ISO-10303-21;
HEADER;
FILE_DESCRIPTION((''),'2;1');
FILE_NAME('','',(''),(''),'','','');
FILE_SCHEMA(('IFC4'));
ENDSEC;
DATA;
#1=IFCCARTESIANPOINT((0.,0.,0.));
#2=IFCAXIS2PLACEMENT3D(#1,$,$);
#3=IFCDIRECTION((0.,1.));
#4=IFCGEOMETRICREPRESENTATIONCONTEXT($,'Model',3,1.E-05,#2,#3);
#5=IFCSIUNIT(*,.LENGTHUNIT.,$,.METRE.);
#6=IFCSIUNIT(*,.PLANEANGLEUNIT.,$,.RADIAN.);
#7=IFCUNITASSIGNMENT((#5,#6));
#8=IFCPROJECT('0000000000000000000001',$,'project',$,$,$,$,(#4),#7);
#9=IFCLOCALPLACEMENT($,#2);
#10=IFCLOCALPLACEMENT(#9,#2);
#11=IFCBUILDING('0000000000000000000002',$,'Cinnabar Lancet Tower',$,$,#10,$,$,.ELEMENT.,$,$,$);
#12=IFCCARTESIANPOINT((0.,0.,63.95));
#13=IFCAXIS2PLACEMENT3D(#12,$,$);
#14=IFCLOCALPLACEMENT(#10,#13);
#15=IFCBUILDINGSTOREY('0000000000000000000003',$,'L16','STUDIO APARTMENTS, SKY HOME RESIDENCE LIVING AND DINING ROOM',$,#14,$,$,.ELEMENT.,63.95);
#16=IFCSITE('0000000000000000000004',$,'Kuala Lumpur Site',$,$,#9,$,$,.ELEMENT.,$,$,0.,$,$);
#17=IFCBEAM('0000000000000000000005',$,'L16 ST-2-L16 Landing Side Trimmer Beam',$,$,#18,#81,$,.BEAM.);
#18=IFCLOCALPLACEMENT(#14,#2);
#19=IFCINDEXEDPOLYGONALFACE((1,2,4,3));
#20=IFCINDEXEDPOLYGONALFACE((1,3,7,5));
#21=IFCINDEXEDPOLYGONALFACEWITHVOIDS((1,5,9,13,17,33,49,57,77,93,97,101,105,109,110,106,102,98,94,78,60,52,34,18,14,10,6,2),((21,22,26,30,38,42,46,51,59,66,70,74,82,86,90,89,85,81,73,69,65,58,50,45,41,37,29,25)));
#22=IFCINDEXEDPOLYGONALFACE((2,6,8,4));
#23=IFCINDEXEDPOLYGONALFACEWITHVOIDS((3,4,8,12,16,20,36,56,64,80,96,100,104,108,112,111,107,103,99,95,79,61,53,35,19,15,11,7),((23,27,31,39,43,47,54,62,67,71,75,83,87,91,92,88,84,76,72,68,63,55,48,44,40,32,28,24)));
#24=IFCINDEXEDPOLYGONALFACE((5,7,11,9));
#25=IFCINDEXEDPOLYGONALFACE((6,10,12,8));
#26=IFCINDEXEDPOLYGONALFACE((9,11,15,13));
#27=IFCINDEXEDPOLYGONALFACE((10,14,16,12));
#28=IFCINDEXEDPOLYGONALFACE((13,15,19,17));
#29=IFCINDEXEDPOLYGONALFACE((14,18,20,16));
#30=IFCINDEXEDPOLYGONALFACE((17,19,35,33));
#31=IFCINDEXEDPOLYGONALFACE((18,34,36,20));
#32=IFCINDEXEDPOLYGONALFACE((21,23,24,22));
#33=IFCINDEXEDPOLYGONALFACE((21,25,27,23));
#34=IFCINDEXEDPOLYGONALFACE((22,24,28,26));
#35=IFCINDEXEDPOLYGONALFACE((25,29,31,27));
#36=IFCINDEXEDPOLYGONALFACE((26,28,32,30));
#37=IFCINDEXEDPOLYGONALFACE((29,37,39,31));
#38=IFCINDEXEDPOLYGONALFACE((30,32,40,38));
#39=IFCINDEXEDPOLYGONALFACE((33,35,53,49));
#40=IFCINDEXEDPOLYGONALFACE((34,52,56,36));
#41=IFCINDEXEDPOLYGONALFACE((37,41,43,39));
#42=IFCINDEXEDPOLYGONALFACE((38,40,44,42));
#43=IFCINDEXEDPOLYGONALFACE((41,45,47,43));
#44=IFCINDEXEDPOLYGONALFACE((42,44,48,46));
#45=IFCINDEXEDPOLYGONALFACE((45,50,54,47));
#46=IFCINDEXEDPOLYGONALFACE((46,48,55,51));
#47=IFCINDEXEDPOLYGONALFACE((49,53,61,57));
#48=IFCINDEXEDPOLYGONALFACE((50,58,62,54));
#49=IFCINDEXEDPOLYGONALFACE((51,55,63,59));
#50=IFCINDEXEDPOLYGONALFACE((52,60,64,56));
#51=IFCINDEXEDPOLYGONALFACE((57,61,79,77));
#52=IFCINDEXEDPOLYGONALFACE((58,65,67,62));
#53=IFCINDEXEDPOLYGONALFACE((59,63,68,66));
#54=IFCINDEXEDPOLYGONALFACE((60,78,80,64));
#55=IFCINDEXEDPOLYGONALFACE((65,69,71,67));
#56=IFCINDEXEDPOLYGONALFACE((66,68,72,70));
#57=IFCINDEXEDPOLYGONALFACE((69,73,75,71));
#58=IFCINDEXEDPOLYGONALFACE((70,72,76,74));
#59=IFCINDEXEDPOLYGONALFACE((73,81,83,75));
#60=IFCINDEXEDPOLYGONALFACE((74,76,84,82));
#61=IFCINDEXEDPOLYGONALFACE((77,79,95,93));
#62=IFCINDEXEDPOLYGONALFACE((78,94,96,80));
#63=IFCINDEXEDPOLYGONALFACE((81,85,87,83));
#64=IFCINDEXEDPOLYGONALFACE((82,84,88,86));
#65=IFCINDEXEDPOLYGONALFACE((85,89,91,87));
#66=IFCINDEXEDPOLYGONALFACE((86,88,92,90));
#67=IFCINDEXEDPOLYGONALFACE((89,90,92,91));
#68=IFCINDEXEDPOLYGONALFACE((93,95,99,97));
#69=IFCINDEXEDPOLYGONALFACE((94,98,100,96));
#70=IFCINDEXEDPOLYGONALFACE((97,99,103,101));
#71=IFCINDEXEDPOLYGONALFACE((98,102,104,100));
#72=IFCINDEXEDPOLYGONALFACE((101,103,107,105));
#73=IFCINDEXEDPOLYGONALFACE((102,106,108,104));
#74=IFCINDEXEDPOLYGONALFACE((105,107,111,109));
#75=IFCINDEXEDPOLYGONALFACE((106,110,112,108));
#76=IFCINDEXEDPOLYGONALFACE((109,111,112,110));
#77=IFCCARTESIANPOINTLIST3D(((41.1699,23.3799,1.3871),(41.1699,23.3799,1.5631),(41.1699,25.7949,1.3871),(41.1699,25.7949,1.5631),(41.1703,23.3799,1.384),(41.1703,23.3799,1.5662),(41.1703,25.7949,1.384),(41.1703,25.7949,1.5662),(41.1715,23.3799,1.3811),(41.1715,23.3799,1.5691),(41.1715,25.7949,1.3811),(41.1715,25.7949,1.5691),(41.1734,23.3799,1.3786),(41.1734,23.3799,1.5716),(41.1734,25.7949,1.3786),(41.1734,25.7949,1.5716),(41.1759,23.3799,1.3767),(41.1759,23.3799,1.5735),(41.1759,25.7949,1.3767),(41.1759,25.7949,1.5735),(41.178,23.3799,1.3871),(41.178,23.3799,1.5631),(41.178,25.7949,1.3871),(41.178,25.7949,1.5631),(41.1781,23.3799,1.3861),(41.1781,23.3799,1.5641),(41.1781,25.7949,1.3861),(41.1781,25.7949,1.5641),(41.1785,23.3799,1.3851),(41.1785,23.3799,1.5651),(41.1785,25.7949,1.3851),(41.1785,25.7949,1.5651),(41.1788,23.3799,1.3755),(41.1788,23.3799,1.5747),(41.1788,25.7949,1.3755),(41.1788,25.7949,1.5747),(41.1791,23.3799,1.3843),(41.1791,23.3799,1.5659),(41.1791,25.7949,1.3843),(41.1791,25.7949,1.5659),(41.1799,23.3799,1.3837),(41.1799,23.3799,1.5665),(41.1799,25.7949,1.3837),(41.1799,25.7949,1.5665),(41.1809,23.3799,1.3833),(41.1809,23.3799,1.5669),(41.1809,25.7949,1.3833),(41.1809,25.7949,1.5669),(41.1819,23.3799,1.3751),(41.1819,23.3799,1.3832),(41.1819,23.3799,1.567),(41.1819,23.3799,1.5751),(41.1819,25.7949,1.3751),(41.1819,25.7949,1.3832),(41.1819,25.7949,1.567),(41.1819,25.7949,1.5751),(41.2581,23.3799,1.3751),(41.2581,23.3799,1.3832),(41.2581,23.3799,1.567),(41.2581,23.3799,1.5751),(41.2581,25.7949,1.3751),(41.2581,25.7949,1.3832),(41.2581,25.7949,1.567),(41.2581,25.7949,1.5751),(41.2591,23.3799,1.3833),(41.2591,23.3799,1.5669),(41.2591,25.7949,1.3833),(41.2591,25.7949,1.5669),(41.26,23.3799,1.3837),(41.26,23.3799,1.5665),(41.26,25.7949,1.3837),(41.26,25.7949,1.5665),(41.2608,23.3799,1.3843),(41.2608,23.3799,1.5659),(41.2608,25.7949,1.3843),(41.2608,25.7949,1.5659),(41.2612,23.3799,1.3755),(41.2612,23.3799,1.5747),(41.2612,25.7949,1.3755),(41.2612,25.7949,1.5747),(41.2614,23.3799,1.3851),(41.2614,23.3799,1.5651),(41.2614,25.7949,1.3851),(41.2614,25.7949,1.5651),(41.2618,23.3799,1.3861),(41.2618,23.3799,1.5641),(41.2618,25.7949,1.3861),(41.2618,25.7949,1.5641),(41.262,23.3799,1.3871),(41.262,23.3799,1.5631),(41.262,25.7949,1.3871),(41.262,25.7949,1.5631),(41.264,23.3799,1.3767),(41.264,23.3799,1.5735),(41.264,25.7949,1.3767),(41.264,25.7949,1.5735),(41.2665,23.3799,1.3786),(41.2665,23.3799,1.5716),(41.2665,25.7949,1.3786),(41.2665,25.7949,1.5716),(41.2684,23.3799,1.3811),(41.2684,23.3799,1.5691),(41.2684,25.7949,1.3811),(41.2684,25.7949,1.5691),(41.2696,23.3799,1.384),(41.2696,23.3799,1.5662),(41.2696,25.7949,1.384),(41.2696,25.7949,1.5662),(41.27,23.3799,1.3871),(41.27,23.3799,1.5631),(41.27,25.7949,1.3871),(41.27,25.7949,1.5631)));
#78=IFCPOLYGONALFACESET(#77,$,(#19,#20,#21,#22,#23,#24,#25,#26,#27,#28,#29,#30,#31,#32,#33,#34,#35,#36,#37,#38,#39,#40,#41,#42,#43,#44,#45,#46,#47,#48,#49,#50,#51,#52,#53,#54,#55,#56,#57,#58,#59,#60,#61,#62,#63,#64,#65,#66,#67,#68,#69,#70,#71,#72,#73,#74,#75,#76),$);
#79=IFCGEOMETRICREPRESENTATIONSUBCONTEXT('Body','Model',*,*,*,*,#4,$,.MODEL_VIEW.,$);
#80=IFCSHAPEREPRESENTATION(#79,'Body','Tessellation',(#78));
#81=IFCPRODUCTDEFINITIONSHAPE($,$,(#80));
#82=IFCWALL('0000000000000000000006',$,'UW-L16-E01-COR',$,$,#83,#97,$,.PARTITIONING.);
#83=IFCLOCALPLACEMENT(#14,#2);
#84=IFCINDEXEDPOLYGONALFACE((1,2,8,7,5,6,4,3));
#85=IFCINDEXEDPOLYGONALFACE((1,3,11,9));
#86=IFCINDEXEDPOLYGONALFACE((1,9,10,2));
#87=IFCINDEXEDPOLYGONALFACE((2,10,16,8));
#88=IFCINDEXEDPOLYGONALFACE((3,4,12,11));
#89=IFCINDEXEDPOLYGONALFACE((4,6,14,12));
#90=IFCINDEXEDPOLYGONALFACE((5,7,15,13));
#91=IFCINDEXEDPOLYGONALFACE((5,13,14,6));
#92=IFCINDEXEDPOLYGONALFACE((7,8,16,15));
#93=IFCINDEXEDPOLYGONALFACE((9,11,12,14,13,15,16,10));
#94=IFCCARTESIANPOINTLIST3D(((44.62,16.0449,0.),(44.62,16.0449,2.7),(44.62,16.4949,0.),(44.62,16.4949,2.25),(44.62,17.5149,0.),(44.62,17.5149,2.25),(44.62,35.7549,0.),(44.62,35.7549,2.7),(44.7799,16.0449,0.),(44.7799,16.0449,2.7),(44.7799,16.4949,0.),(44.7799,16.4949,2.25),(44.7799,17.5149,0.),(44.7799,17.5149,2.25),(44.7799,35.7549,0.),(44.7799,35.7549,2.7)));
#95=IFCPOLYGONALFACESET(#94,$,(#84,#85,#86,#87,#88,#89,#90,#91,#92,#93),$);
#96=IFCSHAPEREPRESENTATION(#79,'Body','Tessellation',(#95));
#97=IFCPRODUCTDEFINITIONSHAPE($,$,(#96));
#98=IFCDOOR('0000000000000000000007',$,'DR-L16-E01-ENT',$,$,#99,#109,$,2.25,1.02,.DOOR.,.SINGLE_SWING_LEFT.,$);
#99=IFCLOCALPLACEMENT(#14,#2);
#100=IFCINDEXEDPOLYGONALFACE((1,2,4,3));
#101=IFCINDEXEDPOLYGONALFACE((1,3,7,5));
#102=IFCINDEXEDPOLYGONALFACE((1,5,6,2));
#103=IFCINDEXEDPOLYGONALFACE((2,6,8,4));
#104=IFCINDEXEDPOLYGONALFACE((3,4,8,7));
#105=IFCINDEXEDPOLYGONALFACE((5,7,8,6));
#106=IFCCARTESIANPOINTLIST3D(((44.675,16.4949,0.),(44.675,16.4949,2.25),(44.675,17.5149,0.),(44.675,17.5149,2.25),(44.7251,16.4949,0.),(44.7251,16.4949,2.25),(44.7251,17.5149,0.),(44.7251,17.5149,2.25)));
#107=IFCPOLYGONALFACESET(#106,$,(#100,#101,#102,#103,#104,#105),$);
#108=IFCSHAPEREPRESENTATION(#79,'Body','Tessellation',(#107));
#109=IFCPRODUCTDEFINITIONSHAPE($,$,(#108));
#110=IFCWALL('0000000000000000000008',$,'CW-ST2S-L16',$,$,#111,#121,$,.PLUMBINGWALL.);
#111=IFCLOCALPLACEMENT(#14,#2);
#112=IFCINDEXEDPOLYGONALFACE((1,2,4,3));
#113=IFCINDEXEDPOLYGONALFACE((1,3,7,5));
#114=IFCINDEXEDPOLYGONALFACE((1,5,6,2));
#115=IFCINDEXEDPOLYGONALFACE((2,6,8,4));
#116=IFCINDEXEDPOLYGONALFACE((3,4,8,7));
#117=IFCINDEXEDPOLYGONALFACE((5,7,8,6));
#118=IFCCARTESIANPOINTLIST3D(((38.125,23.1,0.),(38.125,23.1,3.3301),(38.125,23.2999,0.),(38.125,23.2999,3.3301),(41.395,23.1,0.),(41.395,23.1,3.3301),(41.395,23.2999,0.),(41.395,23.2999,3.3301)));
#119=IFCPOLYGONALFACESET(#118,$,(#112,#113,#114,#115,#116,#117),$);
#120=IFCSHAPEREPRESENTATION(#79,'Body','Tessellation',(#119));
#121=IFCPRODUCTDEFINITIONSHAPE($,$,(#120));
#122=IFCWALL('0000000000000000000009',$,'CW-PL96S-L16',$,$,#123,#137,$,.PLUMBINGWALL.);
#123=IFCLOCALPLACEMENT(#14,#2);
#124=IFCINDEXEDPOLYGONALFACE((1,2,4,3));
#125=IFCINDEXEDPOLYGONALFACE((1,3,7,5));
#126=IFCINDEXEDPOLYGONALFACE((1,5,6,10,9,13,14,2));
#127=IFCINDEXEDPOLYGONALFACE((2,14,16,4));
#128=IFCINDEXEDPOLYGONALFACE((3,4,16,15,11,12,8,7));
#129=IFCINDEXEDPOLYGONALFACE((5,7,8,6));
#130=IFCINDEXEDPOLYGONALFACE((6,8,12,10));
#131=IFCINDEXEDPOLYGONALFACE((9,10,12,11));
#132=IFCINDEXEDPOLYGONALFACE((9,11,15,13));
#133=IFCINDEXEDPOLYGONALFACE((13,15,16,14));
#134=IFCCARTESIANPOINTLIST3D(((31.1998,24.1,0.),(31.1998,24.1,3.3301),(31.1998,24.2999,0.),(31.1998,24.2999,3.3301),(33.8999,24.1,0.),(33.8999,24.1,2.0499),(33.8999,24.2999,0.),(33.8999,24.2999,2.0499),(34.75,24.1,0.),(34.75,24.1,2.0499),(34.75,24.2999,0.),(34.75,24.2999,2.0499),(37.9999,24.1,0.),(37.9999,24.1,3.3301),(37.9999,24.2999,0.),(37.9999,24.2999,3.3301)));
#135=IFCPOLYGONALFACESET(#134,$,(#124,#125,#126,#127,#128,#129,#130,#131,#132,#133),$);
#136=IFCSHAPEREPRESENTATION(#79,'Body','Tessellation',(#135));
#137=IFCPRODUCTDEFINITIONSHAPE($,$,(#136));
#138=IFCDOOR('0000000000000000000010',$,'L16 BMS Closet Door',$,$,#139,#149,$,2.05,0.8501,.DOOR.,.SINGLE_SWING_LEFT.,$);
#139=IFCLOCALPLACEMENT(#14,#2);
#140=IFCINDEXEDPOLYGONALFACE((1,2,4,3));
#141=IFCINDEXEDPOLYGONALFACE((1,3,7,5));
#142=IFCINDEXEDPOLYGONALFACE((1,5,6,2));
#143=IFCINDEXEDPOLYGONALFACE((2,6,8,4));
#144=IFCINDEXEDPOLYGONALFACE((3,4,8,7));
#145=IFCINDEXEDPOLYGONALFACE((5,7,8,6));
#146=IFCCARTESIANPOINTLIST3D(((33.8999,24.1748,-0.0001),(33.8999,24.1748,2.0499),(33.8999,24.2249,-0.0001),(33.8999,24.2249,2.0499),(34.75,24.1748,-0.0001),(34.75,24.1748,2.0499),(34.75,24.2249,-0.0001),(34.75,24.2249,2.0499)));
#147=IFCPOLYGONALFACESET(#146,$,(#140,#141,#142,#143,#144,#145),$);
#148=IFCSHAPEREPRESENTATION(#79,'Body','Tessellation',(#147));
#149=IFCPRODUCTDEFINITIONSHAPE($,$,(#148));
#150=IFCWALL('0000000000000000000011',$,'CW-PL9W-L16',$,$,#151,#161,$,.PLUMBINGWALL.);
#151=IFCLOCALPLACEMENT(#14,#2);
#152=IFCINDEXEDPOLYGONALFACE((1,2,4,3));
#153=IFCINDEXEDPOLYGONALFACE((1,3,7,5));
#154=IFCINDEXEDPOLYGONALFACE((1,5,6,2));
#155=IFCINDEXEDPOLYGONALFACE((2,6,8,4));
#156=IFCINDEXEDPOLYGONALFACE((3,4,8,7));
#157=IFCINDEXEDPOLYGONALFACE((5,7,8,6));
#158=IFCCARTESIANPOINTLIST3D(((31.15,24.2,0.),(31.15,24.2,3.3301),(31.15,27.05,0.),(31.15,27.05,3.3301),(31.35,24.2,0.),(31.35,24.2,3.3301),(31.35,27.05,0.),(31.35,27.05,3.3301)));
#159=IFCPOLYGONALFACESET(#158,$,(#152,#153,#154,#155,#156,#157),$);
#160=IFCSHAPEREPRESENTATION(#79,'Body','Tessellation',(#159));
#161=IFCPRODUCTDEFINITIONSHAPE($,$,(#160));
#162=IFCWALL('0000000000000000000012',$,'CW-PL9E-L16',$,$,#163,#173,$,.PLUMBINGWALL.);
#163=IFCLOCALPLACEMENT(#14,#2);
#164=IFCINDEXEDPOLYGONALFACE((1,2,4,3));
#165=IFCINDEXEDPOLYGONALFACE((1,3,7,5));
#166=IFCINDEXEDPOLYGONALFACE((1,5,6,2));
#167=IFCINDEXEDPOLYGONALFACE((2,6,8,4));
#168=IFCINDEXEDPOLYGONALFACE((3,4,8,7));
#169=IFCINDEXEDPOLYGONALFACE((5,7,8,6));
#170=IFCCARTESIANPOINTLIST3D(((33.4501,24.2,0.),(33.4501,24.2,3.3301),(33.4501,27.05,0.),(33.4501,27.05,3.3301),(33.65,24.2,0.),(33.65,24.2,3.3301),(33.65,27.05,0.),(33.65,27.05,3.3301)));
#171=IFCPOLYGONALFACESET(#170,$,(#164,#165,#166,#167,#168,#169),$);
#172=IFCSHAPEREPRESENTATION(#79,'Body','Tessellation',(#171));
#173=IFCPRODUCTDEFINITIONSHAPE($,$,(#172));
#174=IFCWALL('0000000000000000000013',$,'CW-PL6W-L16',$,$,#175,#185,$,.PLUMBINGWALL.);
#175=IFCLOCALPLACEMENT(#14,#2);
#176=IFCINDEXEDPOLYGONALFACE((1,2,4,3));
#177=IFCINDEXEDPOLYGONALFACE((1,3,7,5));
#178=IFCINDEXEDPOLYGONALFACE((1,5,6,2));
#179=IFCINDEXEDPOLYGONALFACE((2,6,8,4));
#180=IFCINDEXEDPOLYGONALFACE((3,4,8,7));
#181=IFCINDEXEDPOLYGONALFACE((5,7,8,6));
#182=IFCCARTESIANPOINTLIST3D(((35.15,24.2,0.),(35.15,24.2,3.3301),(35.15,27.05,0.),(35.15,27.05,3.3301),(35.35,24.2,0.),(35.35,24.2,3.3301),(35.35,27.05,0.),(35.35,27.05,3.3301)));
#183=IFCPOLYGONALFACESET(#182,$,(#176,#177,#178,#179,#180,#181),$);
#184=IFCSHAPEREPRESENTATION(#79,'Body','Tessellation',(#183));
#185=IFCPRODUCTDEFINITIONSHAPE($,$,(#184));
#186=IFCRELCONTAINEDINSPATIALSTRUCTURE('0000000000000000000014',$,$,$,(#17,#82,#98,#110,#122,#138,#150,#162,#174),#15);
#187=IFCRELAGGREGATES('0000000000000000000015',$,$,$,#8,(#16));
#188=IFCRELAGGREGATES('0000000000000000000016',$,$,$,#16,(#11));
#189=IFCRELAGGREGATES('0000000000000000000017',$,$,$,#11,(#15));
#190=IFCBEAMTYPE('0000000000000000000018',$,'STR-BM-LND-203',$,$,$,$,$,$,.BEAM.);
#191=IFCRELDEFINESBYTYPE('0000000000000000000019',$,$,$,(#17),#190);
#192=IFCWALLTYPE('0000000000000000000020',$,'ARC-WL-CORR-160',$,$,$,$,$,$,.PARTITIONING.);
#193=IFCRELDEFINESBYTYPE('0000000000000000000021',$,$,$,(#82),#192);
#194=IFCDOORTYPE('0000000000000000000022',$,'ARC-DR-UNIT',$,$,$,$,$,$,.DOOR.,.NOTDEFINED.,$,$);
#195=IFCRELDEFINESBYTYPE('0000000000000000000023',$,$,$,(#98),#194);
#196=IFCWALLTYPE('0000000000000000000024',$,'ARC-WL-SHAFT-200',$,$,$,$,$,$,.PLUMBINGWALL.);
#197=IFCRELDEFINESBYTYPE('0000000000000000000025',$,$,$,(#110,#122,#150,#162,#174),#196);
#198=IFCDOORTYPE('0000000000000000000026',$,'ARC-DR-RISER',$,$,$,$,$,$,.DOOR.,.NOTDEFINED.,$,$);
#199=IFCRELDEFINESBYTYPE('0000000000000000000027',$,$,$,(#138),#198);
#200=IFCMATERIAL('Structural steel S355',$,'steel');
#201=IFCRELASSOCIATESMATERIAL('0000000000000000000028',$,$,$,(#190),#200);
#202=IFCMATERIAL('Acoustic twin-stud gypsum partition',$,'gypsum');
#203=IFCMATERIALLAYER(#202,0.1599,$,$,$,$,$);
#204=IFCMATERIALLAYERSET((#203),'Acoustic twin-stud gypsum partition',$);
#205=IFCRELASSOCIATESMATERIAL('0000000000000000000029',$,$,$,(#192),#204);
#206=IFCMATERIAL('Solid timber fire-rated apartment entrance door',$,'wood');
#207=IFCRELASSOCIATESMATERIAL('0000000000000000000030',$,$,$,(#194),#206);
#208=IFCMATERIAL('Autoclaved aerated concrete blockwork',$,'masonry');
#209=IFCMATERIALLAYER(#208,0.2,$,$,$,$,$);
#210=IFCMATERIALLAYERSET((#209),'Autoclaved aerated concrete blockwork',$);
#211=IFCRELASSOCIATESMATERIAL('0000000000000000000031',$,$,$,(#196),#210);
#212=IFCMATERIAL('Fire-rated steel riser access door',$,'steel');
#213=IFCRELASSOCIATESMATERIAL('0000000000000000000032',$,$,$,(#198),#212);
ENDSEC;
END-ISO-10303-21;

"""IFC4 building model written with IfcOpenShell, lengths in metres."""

from ifc_helpers import new_model, si_unit, direction, frame, frame_2d, origin, origin_2d, place, context, subcontext, project, spatial, rectangle, hollow_rectangle, extrude, material, layer, layer_set, material_profile, profile_set, type_object, element, fill, save


model = new_model("IFC4")

# Units and contexts
model_context = context("Model", 3, precision=1e-05, world=origin(), true_north=direction((0.0, 1.0)))
body_context = subcontext(model_context, "Body", "Model", "MODEL_VIEW")
ifc_project = project(units=[si_unit("LENGTHUNIT", "METRE"), si_unit("PLANEANGLEUNIT", "RADIAN")], contexts=[model_context])

# Site, building, storey
site_placement = place(None, origin())
site = spatial("IfcSite", under=ifc_project, at=site_placement, Name="Kuala Lumpur Site", CompositionType="ELEMENT", RefElevation=0.0)
building_placement = place(site_placement, origin())
building = spatial("IfcBuilding", under=site, at=building_placement, Name="Cinnabar Lancet Tower", CompositionType="ELEMENT")
storey_placement = place(building_placement, frame((0.0, 0.0, 63.95)))
storey = spatial("IfcBuildingStorey", under=building, at=storey_placement, Name="L16", Description="STUDIO APARTMENTS, SKY HOME RESIDENCE LIVING AND DINING ROOM", CompositionType="ELEMENT", Elevation=63.95)

# Beam
ifc_material_1 = material(Name="Structural steel S355", Category="steel")
ifc_material_profile_1 = material_profile(ifc_material_1, hollow_rectangle(XDim=0.1001, YDim=0.2, WallThickness=0.0081, InnerFilletRadius=0.0039, OuterFilletRadius=0.012, at=origin_2d()), Name="RHS 200x100x8")
ifc_profile_set_1 = profile_set([ifc_material_profile_1], Name="Structural steel S355")
beam_type = type_object("IfcBeamType", Name="STR-BM-LND-203", PredefinedType="BEAM", material=ifc_profile_set_1)
beam_placement = place(storey_placement, frame((41.22, 23.3799, 1.4751), z_axis=(0.0, 1.0, 0.0), x_axis=(-1.0, 0.0, 0.0)))
element("IfcBeam", 1, at=beam_placement, inside=storey, type_object=beam_type, Name="L16 ST-2-L16 Landing Side Trimmer Beam", PredefinedType="BEAM", context=body_context, shape_type="SweptSolid", body=[
    extrude(hollow_rectangle(XDim=0.1001, YDim=0.2, WallThickness=0.0081, InnerFilletRadius=0.0039, OuterFilletRadius=0.012, at=origin_2d()), origin(), (0.0, 0.0, 1.0), 2.415),
])

# Wall, opening, door
ifc_material_2 = material(Name="Acoustic twin-stud gypsum partition", Category="gypsum")
ifc_layer_1 = layer(ifc_material_2, 0.1599)
ifc_layer_set_1 = layer_set([ifc_layer_1], Name="Acoustic twin-stud gypsum partition")
wall_type_1 = type_object("IfcWallType", Name="ARC-WL-CORR-160", PredefinedType="PARTITIONING", material=ifc_layer_set_1)
wall_1_placement = place(storey_placement, frame((44.7, 16.0449, 0.0), z_axis=(0.0, 0.0, 1.0), x_axis=(0.0, 1.0, 0.0)))
wall_1 = element("IfcWall", 2, at=wall_1_placement, inside=storey, type_object=wall_type_1, Name="UW-L16-E01-COR", PredefinedType="PARTITIONING", context=body_context, shape_type="SweptSolid", body=[
    extrude(rectangle(XDim=19.71, YDim=0.1599, at=frame_2d((9.855, 0.0))), origin(), (0.0, 0.0, 1.0), 2.7),
])
opening_1_placement = place(wall_1_placement, frame((0.45, 0.0, 0.0)))
opening_1 = element("IfcOpeningElement", 3, at=opening_1_placement, cuts=wall_1, PredefinedType="OPENING", context=body_context, shape_type="SweptSolid", body=[
    extrude(rectangle(XDim=1.02, YDim=2.25, at=frame_2d((0.51, 1.125))), frame((0.0, 0.0898, 0.0), z_axis=(0.0, -1.0, 0.0), x_axis=(1.0, 0.0, 0.0)), (0.0, 0.0, 1.0), 0.1799),
])
ifc_material_3 = material(Name="Solid timber fire-rated apartment entrance door", Category="wood")
door_type_1 = type_object("IfcDoorType", Name="ARC-DR-UNIT", OperationType="NOTDEFINED", PredefinedType="DOOR", material=ifc_material_3)
door_1_placement = place(opening_1_placement, origin())
door_1 = element("IfcDoor", 4, at=door_1_placement, inside=storey, type_object=door_type_1, Name="DR-L16-E01-ENT", OperationType="SINGLE_SWING_LEFT", OverallHeight=2.25, OverallWidth=1.02, PredefinedType="DOOR", context=body_context, shape_type="SweptSolid", body=[
    extrude(rectangle(XDim=1.02, YDim=2.25, at=frame_2d((0.51, 1.125))), frame((0.0, 0.0249, 0.0), z_axis=(0.0, -1.0, 0.0), x_axis=(1.0, 0.0, 0.0)), (0.0, 0.0, 1.0), 0.05),
])
fill(opening_1, door_1)

# Wall
ifc_material_4 = material(Name="Autoclaved aerated concrete blockwork", Category="masonry")
ifc_layer_2 = layer(ifc_material_4, 0.2)
ifc_layer_set_2 = layer_set([ifc_layer_2], Name="Autoclaved aerated concrete blockwork")
wall_type_2 = type_object("IfcWallType", Name="ARC-WL-SHAFT-200", PredefinedType="PLUMBINGWALL", material=ifc_layer_set_2)
wall_2_placement = place(storey_placement, frame((38.125, 23.2, 0.0), z_axis=(0.0, 0.0, 1.0), x_axis=(1.0, 0.0, 0.0)))
element("IfcWall", 5, at=wall_2_placement, inside=storey, type_object=wall_type_2, Name="CW-ST2S-L16", PredefinedType="PLUMBINGWALL", context=body_context, shape_type="SweptSolid", body=[
    extrude(rectangle(XDim=3.27, YDim=0.2, at=frame_2d((1.635, 0.0))), origin(), (0.0, 0.0, 1.0), 3.3301),
])

# Wall, opening, door
wall_3_placement = place(storey_placement, frame((31.2, 24.2, 0.0), z_axis=(0.0, 0.0, 1.0), x_axis=(1.0, 0.0, 0.0)))
wall_3 = element("IfcWall", 6, at=wall_3_placement, inside=storey, type_object=wall_type_2, Name="CW-PL96S-L16", PredefinedType="PLUMBINGWALL", context=body_context, shape_type="SweptSolid", body=[
    extrude(rectangle(XDim=6.8, YDim=0.2, at=frame_2d((3.3999, 0.0))), origin(), (0.0, 0.0, 1.0), 3.3301),
])
opening_2_placement = place(wall_3_placement, frame((2.7, 0.0, 0.0)))
opening_2 = element("IfcOpeningElement", 7, at=opening_2_placement, cuts=wall_3, PredefinedType="OPENING", context=body_context, shape_type="SweptSolid", body=[
    extrude(rectangle(XDim=0.8501, YDim=2.05, at=frame_2d((0.425, 1.0249))), frame((0.0, 0.1099, 0.0), z_axis=(0.0, -1.0, 0.0), x_axis=(1.0, 0.0, 0.0)), (0.0, 0.0, 1.0), 0.22),
])
ifc_material_5 = material(Name="Fire-rated steel riser access door", Category="steel")
door_type_2 = type_object("IfcDoorType", Name="ARC-DR-RISER", OperationType="NOTDEFINED", PredefinedType="DOOR", material=ifc_material_5)
door_2_placement = place(opening_2_placement, origin())
door_2 = element("IfcDoor", 8, at=door_2_placement, inside=storey, type_object=door_type_2, Name="L16 BMS Closet Door", OperationType="SINGLE_SWING_LEFT", OverallHeight=2.05, OverallWidth=0.8501, PredefinedType="DOOR", context=body_context, shape_type="SweptSolid", body=[
    extrude(rectangle(XDim=0.8501, YDim=2.05, at=frame_2d((0.425, 1.0249))), frame((0.0, 0.0249, 0.0), z_axis=(0.0, -1.0, 0.0), x_axis=(1.0, 0.0, 0.0)), (0.0, 0.0, 1.0), 0.05),
])
fill(opening_2, door_2)

# Walls
for number, where, z_axis, x_axis, name in (
    (9, (31.25, 24.2, 0.0), (0.0, 0.0, 1.0), (0.0, 1.0, 0.0), "CW-PL9W-L16"),
    (10, (33.55, 24.2, 0.0), (0.0, 0.0, 1.0), (0.0, 1.0, 0.0), "CW-PL9E-L16"),
    (11, (35.25, 24.2, 0.0), (0.0, 0.0, 1.0), (0.0, 1.0, 0.0), "CW-PL6W-L16"),
):
    element("IfcWall", number, at=place(storey_placement, frame(where, z_axis=z_axis, x_axis=x_axis)), inside=storey, type_object=wall_type_2, Name=name, PredefinedType="PLUMBINGWALL", context=body_context, shape_type="SweptSolid", body=[
        extrude(rectangle(XDim=2.8501, YDim=0.2, at=frame_2d((1.425, 0.0))), origin(), (0.0, 0.0, 1.0), 3.3301),
    ])

save(model, "model.ifc")
